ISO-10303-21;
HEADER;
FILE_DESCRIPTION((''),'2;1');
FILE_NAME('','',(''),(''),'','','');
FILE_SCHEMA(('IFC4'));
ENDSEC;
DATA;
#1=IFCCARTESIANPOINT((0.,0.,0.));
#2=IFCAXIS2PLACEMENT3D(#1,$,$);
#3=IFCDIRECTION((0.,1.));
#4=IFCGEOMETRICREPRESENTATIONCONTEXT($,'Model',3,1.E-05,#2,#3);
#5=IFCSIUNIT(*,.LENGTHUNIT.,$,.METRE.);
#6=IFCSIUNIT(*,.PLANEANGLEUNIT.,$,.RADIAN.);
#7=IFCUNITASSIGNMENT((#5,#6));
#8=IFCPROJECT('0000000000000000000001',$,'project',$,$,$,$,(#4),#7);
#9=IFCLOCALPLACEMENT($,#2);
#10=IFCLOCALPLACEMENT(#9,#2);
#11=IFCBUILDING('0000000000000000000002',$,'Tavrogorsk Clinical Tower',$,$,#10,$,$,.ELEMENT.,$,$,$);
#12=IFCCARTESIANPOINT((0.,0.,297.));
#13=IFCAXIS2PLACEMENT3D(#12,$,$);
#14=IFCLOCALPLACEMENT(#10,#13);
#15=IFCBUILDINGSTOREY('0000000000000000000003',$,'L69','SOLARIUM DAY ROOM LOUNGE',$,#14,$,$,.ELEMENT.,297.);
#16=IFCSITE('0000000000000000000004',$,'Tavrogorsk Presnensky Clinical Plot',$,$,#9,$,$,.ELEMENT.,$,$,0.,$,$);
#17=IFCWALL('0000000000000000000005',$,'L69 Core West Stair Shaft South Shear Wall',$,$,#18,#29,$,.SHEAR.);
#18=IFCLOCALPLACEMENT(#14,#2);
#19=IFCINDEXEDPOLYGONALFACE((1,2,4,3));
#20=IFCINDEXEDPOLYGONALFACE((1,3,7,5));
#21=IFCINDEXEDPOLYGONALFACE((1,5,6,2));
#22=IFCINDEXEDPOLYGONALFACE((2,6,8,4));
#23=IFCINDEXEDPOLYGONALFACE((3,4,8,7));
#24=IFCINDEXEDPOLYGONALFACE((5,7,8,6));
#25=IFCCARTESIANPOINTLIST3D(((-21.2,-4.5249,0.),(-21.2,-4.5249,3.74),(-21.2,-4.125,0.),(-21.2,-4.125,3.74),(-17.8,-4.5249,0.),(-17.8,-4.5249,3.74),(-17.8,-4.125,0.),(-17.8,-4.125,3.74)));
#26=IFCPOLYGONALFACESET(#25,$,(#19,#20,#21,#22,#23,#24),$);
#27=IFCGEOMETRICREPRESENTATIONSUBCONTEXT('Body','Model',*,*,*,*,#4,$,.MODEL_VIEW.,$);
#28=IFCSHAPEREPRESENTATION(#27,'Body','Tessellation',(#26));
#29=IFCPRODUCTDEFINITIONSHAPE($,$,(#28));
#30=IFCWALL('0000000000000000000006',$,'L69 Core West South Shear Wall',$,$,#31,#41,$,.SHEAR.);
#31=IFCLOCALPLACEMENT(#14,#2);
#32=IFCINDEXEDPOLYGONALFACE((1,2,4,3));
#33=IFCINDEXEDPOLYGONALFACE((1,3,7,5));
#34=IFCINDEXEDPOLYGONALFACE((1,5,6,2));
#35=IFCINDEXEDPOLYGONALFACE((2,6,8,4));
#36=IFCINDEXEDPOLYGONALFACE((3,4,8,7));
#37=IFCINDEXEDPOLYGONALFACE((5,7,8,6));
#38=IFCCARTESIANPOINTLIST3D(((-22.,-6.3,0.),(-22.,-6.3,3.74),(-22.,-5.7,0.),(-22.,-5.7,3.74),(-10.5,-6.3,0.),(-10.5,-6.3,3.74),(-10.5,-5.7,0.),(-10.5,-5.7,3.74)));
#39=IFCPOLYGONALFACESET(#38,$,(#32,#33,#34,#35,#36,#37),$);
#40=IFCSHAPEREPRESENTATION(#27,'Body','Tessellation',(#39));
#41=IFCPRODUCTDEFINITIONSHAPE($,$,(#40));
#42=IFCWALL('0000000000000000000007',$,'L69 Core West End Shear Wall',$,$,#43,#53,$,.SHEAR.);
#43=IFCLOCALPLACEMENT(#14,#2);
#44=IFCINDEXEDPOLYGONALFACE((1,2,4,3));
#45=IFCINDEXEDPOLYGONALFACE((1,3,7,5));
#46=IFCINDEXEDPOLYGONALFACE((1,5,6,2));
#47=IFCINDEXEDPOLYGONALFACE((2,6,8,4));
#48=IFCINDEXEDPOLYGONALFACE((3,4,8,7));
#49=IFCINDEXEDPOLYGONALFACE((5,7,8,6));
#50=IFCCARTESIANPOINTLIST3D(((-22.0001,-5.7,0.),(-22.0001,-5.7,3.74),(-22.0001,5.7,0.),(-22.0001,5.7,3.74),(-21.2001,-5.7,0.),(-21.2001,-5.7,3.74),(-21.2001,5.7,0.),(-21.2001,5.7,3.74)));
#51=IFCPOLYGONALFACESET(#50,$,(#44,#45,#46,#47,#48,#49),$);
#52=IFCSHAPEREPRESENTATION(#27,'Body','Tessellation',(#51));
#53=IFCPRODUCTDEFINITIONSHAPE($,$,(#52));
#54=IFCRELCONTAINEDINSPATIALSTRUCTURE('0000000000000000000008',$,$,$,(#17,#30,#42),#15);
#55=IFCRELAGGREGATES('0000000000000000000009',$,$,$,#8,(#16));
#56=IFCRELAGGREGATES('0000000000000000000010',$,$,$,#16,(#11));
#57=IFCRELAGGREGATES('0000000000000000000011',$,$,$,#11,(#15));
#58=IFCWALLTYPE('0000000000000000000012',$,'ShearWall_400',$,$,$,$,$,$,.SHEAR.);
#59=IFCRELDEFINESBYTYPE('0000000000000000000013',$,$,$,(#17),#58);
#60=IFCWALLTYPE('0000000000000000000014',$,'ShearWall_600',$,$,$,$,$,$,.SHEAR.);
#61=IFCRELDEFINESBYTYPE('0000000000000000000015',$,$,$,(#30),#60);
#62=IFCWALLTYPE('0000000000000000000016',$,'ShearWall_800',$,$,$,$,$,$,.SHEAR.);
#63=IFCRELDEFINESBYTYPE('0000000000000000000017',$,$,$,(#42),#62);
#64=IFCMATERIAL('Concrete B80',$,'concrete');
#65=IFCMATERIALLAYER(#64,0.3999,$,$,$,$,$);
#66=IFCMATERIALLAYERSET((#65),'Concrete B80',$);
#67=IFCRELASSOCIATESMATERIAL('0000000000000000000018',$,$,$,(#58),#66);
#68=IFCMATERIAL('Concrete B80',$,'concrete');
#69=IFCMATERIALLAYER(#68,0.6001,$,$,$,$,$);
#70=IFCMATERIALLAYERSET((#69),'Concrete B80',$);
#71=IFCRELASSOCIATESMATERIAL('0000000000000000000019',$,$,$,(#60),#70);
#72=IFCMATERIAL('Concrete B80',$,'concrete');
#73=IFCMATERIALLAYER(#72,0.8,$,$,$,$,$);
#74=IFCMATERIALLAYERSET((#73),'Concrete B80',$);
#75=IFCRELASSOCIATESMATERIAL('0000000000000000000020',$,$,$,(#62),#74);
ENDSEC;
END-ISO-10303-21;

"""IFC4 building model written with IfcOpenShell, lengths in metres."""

from ifc_helpers import new_model, si_unit, direction, frame, frame_2d, origin, place, context, subcontext, project, spatial, rectangle, extrude, material, layer, layer_set, type_object, element, save


model = new_model("IFC4")

# Units and contexts
model_context = context("Model", 3, precision=1e-05, world=origin(), true_north=direction((0.0, 1.0)))
body_context = subcontext(model_context, "Body", "Model", "MODEL_VIEW")
ifc_project = project(units=[si_unit("LENGTHUNIT", "METRE"), si_unit("PLANEANGLEUNIT", "RADIAN")], contexts=[model_context])

# Site, building, storey
site_placement = place(None, origin())
site = spatial("IfcSite", under=ifc_project, at=site_placement, Name="Tavrogorsk Presnensky Clinical Plot", CompositionType="ELEMENT", RefElevation=0.0)
building_placement = place(site_placement, origin())
building = spatial("IfcBuilding", under=site, at=building_placement, Name="Tavrogorsk Clinical Tower", CompositionType="ELEMENT")
storey_placement = place(building_placement, frame((0.0, 0.0, 297.0)))
storey = spatial("IfcBuildingStorey", under=building, at=storey_placement, Name="L69", Description="SOLARIUM DAY ROOM LOUNGE", CompositionType="ELEMENT", Elevation=297.0)

# Walls
ifc_material_1 = material(Name="Concrete B80", Category="concrete")
ifc_layer_1 = layer(ifc_material_1, 0.3999)
ifc_layer_set_1 = layer_set([ifc_layer_1], Name="Concrete B80")
wall_type_1 = type_object("IfcWallType", Name="ShearWall_400", PredefinedType="SHEAR", material=ifc_layer_set_1)
wall_1_placement = place(storey_placement, frame((-21.2, -4.325, 0.0), z_axis=(0.0, 0.0, 1.0), x_axis=(1.0, 0.0, 0.0)))
element("IfcWall", 1, at=wall_1_placement, inside=storey, type_object=wall_type_1, Name="L69 Core West Stair Shaft South Shear Wall", PredefinedType="SHEAR", context=body_context, shape_type="SweptSolid", body=[
    extrude(rectangle(XDim=3.3999, YDim=0.3999, at=frame_2d((1.7, 0.0))), origin(), (0.0, 0.0, 1.0), 3.74),
])
ifc_material_2 = material(Name="Concrete B80", Category="concrete")
ifc_layer_2 = layer(ifc_material_2, 0.6001)
ifc_layer_set_2 = layer_set([ifc_layer_2], Name="Concrete B80")
wall_type_2 = type_object("IfcWallType", Name="ShearWall_600", PredefinedType="SHEAR", material=ifc_layer_set_2)
wall_2_placement = place(storey_placement, frame((-22.0, -6.0, 0.0), z_axis=(0.0, 0.0, 1.0), x_axis=(1.0, 0.0, 0.0)))
element("IfcWall", 2, at=wall_2_placement, inside=storey, type_object=wall_type_2, Name="L69 Core West South Shear Wall", PredefinedType="SHEAR", context=body_context, shape_type="SweptSolid", body=[
    extrude(rectangle(XDim=11.5, YDim=0.6001, at=frame_2d((5.75, 0.0))), origin(), (0.0, 0.0, 1.0), 3.74),
])
ifc_material_3 = material(Name="Concrete B80", Category="concrete")
ifc_layer_3 = layer(ifc_material_3, 0.8)
ifc_layer_set_3 = layer_set([ifc_layer_3], Name="Concrete B80")
wall_type_3 = type_object("IfcWallType", Name="ShearWall_800", PredefinedType="SHEAR", material=ifc_layer_set_3)
wall_3_placement = place(storey_placement, frame((-21.6001, -5.7, 0.0), z_axis=(0.0, 0.0, 1.0), x_axis=(0.0, 1.0, 0.0)))
element("IfcWall", 3, at=wall_3_placement, inside=storey, type_object=wall_type_3, Name="L69 Core West End Shear Wall", PredefinedType="SHEAR", context=body_context, shape_type="SweptSolid", body=[
    extrude(rectangle(XDim=11.3999, YDim=0.8, at=frame_2d((5.7, 0.0))), origin(), (0.0, 0.0, 1.0), 3.74),
])

save(model, "model.ifc")
